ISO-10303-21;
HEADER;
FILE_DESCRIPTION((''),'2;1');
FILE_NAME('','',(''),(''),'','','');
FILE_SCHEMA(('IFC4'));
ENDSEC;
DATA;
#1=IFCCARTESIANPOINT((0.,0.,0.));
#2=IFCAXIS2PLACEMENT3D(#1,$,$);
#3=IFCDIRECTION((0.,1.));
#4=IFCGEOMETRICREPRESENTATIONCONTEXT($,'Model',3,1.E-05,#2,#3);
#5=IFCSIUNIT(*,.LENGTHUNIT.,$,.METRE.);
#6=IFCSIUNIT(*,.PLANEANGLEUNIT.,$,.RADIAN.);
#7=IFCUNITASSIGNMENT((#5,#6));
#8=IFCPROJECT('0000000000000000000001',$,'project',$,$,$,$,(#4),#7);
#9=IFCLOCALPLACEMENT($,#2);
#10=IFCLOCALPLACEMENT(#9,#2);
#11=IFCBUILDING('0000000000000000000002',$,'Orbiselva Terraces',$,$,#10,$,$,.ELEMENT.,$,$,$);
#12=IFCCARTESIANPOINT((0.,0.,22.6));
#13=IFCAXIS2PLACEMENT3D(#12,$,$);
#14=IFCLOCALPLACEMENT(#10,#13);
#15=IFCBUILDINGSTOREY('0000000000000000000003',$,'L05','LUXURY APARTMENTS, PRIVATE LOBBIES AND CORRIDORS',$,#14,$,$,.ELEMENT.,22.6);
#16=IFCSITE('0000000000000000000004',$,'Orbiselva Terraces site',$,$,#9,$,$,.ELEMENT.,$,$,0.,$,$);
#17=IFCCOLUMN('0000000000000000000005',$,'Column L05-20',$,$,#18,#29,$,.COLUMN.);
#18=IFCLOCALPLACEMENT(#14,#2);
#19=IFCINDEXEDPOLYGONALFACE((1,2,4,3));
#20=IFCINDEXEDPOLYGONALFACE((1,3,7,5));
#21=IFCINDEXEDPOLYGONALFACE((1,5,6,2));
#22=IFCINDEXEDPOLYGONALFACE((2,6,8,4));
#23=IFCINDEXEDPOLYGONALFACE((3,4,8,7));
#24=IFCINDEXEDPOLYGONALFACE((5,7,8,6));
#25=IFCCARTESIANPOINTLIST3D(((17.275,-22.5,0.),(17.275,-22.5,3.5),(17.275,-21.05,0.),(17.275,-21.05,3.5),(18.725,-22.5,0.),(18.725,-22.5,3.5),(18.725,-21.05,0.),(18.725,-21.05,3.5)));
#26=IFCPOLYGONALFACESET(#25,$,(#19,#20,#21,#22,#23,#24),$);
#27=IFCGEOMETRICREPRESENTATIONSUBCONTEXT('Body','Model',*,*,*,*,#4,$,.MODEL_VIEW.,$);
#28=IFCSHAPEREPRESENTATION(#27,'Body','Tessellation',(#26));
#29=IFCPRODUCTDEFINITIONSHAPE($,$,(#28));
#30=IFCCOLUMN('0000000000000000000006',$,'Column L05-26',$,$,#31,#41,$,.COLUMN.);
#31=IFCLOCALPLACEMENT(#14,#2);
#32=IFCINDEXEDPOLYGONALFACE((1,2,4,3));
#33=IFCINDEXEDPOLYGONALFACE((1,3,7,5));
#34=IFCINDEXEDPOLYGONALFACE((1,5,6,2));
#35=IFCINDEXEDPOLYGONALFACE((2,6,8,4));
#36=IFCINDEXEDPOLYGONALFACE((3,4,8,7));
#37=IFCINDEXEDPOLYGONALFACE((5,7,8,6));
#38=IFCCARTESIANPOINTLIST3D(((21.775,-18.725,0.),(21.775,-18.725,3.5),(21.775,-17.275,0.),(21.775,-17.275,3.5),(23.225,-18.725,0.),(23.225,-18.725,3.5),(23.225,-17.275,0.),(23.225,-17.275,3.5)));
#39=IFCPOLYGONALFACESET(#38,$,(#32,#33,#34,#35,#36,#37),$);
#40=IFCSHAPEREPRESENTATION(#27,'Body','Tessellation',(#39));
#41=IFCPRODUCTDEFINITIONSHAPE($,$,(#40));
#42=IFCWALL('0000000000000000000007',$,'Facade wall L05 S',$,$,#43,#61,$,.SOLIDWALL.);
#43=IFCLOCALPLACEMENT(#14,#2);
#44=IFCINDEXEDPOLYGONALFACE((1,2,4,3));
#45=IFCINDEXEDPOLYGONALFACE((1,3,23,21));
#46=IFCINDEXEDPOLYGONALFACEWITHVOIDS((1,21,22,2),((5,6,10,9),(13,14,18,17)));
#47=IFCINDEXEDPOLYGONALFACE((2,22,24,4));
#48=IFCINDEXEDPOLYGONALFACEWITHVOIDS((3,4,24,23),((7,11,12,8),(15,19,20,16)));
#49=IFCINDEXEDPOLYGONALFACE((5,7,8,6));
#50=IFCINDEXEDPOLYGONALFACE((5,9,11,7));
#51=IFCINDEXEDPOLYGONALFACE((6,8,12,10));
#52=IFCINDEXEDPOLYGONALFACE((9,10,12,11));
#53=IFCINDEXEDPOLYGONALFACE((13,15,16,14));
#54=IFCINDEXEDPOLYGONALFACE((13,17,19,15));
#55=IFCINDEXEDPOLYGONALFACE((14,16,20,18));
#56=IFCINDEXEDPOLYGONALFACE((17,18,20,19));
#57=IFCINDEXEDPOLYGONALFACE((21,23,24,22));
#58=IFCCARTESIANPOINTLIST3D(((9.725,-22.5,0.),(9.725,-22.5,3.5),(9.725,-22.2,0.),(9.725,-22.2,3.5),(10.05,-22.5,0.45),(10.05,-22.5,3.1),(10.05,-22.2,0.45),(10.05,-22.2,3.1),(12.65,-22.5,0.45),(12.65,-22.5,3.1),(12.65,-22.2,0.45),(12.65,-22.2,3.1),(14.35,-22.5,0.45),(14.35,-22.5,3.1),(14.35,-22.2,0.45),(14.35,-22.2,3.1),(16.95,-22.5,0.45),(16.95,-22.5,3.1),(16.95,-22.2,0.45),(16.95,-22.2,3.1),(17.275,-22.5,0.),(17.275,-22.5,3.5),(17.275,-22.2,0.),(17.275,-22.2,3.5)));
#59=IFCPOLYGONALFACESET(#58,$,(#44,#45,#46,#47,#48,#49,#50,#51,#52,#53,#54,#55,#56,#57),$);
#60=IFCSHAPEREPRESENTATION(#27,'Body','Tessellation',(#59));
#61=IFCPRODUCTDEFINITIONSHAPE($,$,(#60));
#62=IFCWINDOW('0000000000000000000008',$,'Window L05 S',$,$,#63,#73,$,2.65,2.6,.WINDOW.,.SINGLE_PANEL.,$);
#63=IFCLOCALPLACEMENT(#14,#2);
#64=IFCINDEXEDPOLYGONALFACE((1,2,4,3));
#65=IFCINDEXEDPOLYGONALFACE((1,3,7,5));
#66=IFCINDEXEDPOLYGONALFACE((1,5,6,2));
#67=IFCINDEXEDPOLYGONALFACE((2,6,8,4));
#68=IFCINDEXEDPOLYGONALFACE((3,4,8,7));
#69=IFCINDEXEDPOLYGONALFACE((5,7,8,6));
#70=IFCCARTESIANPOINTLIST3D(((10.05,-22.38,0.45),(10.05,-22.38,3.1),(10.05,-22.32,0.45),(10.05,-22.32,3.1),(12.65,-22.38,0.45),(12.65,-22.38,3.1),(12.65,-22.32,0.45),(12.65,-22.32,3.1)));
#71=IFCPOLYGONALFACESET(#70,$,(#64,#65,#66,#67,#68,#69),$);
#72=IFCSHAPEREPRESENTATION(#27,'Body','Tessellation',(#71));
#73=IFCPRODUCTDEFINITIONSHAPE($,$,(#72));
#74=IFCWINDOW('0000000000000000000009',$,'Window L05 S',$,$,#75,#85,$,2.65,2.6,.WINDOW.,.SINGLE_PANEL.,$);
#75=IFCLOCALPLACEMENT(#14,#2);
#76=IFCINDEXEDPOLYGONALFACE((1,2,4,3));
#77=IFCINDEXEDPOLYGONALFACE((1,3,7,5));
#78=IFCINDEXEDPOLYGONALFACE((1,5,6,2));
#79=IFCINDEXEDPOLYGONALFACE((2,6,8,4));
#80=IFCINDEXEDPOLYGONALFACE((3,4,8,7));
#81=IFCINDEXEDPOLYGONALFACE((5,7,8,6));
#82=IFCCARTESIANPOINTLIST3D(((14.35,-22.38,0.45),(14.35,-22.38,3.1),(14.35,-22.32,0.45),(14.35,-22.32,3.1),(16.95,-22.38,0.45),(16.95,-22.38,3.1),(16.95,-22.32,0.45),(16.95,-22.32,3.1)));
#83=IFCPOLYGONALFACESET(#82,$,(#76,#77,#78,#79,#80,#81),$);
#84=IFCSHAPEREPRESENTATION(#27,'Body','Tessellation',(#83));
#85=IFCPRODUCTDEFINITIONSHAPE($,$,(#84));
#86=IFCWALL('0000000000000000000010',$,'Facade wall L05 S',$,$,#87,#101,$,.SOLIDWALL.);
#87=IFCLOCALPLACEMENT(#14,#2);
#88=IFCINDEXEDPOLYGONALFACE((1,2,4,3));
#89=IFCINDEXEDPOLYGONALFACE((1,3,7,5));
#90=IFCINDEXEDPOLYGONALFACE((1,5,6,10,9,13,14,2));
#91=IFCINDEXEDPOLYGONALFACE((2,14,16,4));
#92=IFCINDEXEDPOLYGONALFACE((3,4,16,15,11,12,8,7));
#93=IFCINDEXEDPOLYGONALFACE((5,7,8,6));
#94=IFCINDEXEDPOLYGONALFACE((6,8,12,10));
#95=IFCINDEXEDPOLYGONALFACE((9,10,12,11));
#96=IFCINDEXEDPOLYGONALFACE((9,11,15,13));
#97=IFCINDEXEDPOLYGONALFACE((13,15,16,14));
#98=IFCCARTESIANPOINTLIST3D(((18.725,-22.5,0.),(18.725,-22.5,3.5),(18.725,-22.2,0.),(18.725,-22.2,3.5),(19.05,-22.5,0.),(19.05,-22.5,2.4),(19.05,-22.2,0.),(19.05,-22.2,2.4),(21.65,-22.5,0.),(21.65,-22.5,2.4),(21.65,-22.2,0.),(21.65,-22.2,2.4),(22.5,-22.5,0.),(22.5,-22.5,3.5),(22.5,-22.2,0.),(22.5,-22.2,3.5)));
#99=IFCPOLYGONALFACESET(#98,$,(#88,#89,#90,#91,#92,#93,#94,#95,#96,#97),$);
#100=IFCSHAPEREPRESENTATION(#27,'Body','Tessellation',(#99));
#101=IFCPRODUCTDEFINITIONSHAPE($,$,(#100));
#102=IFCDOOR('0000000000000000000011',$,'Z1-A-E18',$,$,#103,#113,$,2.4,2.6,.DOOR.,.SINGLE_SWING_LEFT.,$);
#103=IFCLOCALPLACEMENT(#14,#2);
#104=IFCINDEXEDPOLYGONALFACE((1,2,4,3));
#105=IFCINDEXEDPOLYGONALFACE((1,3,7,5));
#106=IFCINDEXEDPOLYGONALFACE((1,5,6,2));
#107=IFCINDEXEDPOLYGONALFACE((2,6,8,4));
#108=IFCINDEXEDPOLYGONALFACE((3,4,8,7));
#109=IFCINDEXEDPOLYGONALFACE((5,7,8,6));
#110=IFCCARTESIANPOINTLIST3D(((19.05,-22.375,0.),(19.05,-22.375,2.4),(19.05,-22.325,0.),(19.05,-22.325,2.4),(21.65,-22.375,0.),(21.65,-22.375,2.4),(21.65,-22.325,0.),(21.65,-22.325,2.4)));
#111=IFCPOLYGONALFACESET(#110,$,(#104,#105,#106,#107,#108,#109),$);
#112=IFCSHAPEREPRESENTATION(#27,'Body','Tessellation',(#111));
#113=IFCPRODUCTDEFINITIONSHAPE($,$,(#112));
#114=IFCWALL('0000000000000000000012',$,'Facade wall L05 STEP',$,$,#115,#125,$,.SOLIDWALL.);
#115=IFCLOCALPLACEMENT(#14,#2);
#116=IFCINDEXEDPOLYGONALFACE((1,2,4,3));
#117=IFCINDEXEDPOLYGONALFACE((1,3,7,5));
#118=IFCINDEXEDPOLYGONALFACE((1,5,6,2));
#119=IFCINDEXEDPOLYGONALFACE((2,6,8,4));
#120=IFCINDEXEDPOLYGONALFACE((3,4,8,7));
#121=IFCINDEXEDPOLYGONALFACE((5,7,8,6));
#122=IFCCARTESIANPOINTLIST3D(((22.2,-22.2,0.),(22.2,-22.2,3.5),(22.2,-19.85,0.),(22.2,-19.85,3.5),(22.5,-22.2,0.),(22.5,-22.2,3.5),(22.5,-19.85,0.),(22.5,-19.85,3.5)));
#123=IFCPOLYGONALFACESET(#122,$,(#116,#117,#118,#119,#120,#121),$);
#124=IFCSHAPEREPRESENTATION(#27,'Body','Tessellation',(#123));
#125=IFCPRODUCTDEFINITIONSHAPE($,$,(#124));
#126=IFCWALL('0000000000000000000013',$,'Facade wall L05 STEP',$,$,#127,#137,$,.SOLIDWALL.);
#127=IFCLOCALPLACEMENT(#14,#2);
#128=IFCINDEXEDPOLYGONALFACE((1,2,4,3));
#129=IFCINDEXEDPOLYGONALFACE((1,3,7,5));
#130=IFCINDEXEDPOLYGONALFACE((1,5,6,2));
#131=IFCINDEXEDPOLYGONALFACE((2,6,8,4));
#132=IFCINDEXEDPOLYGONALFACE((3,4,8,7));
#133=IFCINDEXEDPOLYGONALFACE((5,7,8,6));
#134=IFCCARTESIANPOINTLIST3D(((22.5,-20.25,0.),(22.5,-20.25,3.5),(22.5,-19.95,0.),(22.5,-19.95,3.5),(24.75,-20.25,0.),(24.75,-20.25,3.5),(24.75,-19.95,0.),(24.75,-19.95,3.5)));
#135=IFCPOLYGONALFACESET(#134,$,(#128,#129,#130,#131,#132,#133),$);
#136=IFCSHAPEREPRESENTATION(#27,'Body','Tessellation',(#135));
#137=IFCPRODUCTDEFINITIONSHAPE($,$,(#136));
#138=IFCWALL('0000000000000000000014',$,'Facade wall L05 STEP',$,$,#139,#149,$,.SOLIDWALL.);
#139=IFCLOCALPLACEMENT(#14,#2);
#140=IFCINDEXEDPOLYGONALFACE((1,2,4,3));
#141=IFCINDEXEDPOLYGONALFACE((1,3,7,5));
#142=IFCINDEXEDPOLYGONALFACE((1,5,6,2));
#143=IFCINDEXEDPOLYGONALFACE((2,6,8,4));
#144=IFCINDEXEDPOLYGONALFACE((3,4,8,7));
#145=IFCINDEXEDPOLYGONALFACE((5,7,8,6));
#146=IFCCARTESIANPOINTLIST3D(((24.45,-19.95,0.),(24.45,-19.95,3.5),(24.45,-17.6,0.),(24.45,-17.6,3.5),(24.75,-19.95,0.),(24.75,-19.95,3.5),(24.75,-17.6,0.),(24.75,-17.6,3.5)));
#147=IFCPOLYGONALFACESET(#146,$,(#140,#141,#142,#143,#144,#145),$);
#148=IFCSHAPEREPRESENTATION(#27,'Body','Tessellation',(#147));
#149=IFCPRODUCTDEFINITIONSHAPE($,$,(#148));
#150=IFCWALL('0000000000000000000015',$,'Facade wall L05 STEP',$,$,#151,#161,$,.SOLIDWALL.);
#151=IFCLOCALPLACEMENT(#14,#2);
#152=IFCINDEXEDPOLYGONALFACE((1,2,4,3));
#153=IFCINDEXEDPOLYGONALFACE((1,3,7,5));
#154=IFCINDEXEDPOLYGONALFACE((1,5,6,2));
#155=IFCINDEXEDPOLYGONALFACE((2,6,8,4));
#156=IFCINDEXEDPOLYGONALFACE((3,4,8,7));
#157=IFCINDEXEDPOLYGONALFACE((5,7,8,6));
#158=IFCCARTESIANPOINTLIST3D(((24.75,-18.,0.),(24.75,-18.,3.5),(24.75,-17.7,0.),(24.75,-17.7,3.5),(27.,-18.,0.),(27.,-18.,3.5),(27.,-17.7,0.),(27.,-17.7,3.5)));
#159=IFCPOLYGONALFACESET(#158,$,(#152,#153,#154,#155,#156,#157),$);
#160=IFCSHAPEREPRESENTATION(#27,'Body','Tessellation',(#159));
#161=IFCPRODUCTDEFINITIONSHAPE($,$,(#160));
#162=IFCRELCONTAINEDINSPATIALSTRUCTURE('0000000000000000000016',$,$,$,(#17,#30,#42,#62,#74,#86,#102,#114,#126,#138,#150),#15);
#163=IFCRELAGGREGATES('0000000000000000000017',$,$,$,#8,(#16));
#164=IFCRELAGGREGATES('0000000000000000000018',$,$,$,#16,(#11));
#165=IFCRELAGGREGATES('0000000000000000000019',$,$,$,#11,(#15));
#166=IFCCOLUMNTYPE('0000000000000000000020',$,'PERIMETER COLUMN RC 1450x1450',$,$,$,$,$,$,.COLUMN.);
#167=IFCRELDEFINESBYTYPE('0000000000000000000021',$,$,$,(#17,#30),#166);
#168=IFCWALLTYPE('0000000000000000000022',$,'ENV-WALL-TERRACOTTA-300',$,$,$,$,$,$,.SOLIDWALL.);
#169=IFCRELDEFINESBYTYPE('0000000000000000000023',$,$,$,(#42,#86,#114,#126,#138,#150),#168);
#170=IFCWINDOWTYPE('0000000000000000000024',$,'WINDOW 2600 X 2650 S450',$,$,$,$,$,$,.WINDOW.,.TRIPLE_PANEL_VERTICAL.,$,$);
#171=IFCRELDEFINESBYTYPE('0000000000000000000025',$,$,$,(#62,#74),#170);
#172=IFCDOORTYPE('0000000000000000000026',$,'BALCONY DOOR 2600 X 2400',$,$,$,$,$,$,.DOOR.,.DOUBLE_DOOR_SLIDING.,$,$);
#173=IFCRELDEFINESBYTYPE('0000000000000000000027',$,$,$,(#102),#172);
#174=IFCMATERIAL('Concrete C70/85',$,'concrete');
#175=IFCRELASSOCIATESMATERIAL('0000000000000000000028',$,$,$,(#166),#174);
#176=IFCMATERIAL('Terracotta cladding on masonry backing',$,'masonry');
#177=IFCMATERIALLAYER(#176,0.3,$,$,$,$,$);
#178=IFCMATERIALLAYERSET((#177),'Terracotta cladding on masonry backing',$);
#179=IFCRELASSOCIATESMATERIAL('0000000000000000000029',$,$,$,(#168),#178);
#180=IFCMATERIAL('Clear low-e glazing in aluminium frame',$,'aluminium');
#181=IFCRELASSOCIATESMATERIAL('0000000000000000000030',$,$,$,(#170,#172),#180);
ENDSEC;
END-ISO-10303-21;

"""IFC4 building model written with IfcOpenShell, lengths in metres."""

from ifc_helpers import new_model, si_unit, direction, frame, frame_2d, origin, origin_2d, place, context, subcontext, project, spatial, rectangle, extrude, material, layer, layer_set, material_profile, profile_set, type_object, element, fill, save


model = new_model("IFC4")

# Units and contexts
model_context = context("Model", 3, precision=1e-05, world=origin(), true_north=direction((0.0, 1.0)))
body_context = subcontext(model_context, "Body", "Model", "MODEL_VIEW")
ifc_project = project(units=[si_unit("LENGTHUNIT", "METRE"), si_unit("PLANEANGLEUNIT", "RADIAN")], contexts=[model_context])

# Site, building, storey
site_placement = place(None, origin())
site = spatial("IfcSite", under=ifc_project, at=site_placement, Name="Orbiselva Terraces site", CompositionType="ELEMENT", RefElevation=0.0)
building_placement = place(site_placement, origin())
building = spatial("IfcBuilding", under=site, at=building_placement, Name="Orbiselva Terraces", CompositionType="ELEMENT")
storey_placement = place(building_placement, frame((0.0, 0.0, 22.6)))
storey = spatial("IfcBuildingStorey", under=building, at=storey_placement, Name="L05", Description="LUXURY APARTMENTS, PRIVATE LOBBIES AND CORRIDORS", CompositionType="ELEMENT", Elevation=22.6)

# Columns
ifc_material_1 = material(Name="Concrete C70/85", Category="concrete")
ifc_material_profile = material_profile(ifc_material_1, rectangle(XDim=1.45, YDim=1.45, at=origin_2d()), Name="RC 1450x1450")
ifc_profile_set = profile_set([ifc_material_profile], Name="Concrete C70/85")
column_type = type_object("IfcColumnType", Name="PERIMETER COLUMN RC 1450x1450", PredefinedType="COLUMN", material=ifc_profile_set)
for number, where, z_axis, x_axis, name in (
    (1, (18.0, -21.775, 0.0), (0.0, 0.0, 1.0), (1.0, 0.0, 0.0), "Column L05-20"),
    (2, (22.5, -18.0, 0.0), (0.0, 0.0, 1.0), (1.0, 0.0, 0.0), "Column L05-26"),
):
    element("IfcColumn", number, at=place(storey_placement, frame(where, z_axis=z_axis, x_axis=x_axis)), inside=storey, type_object=column_type, Name=name, PredefinedType="COLUMN", context=body_context, shape_type="SweptSolid", body=[
        extrude(rectangle(XDim=1.45, YDim=1.45, at=origin_2d()), origin(), (0.0, 0.0, 1.0), 3.5),
    ])

# Wall, openings, windows
ifc_material_2 = material(Name="Terracotta cladding on masonry backing", Category="masonry")
ifc_layer_1 = layer(ifc_material_2, 0.3)
ifc_layer_set_1 = layer_set([ifc_layer_1], Name="Terracotta cladding on masonry backing")
wall_type_1 = type_object("IfcWallType", Name="ENV-WALL-TERRACOTTA-300", PredefinedType="SOLIDWALL", material=ifc_layer_set_1)
wall_1_placement = place(storey_placement, frame((17.275, -22.35, 0.0), z_axis=(0.0, 0.0, 1.0), x_axis=(-1.0, 0.0, 0.0)))
wall_1 = element("IfcWall", 3, at=wall_1_placement, inside=storey, type_object=wall_type_1, Name="Facade wall L05 S", PredefinedType="SOLIDWALL", context=body_context, shape_type="SweptSolid", body=[
    extrude(rectangle(XDim=7.55, YDim=0.3, at=frame_2d((3.775, 0.0))), origin(), (0.0, 0.0, 1.0), 3.5),
])
opening_1_placement = place(wall_1_placement, frame((4.625, 0.0, 0.45)))
opening_1 = element("IfcOpeningElement", 4, at=opening_1_placement, cuts=wall_1, PredefinedType="OPENING", context=body_context, shape_type="SweptSolid", body=[
    extrude(rectangle(XDim=2.6, YDim=2.65, at=frame_2d((1.3, 1.325))), frame((0.0, 0.16, 0.0), z_axis=(0.0, -1.0, 0.0), x_axis=(1.0, 0.0, 0.0)), (0.0, 0.0, 1.0), 0.32),
])
opening_2_placement = place(wall_1_placement, frame((0.325, 0.0, 0.45)))
opening_2 = element("IfcOpeningElement", 5, at=opening_2_placement, cuts=wall_1, PredefinedType="OPENING", context=body_context, shape_type="SweptSolid", body=[
    extrude(rectangle(XDim=2.6, YDim=2.65, at=frame_2d((1.3, 1.325))), frame((0.0, 0.16, 0.0), z_axis=(0.0, -1.0, 0.0), x_axis=(1.0, 0.0, 0.0)), (0.0, 0.0, 1.0), 0.32),
])
ifc_material_3 = material(Name="Clear low-e glazing in aluminium frame", Category="aluminium")
window_type = type_object("IfcWindowType", Name="WINDOW 2600 X 2650 S450", PartitioningType="TRIPLE_PANEL_VERTICAL", PredefinedType="WINDOW", material=ifc_material_3)
window_1_placement = place(opening_1_placement, origin())
window_1 = element("IfcWindow", 6, at=window_1_placement, inside=storey, type_object=window_type, Name="Window L05 S", OverallHeight=2.65, OverallWidth=2.6, PartitioningType="SINGLE_PANEL", PredefinedType="WINDOW", context=body_context, shape_type="SweptSolid", body=[
    extrude(rectangle(XDim=2.6, YDim=2.65, at=frame_2d((1.3, 1.325))), frame((0.0, 0.03, 0.0), z_axis=(0.0, -1.0, 0.0), x_axis=(1.0, 0.0, 0.0)), (0.0, 0.0, 1.0), 0.06),
])
fill(opening_1, window_1)
window_2_placement = place(opening_2_placement, origin())
window_2 = element("IfcWindow", 7, at=window_2_placement, inside=storey, type_object=window_type, Name="Window L05 S", OverallHeight=2.65, OverallWidth=2.6, PartitioningType="SINGLE_PANEL", PredefinedType="WINDOW", context=body_context, shape_type="SweptSolid", body=[
    extrude(rectangle(XDim=2.6, YDim=2.65, at=frame_2d((1.3, 1.325))), frame((0.0, 0.03, 0.0), z_axis=(0.0, -1.0, 0.0), x_axis=(1.0, 0.0, 0.0)), (0.0, 0.0, 1.0), 0.06),
])
fill(opening_2, window_2)

# Wall, opening, door
wall_2_placement = place(storey_placement, frame((22.5, -22.35, 0.0), z_axis=(0.0, 0.0, 1.0), x_axis=(-1.0, 0.0, 0.0)))
wall_2 = element("IfcWall", 8, at=wall_2_placement, inside=storey, type_object=wall_type_1, Name="Facade wall L05 S", PredefinedType="SOLIDWALL", context=body_context, shape_type="SweptSolid", body=[
    extrude(rectangle(XDim=3.775, YDim=0.3, at=frame_2d((1.8875, 0.0))), origin(), (0.0, 0.0, 1.0), 3.5),
])
opening_3_placement = place(wall_2_placement, frame((0.85, 0.0, 0.0)))
opening_3 = element("IfcOpeningElement", 9, at=opening_3_placement, cuts=wall_2, PredefinedType="OPENING", context=body_context, shape_type="SweptSolid", body=[
    extrude(rectangle(XDim=2.6, YDim=2.4, at=frame_2d((1.3, 1.2))), frame((0.0, 0.16, 0.0), z_axis=(0.0, -1.0, 0.0), x_axis=(1.0, 0.0, 0.0)), (0.0, 0.0, 1.0), 0.32),
])
door_type_1 = type_object("IfcDoorType", Name="BALCONY DOOR 2600 X 2400", OperationType="DOUBLE_DOOR_SLIDING", PredefinedType="DOOR", material=ifc_material_3)
door_1_placement = place(opening_3_placement, origin())
door_1 = element("IfcDoor", 10, at=door_1_placement, inside=storey, type_object=door_type_1, Name="Z1-A-E18", OperationType="SINGLE_SWING_LEFT", OverallHeight=2.4, OverallWidth=2.6, PredefinedType="DOOR", context=body_context, shape_type="SweptSolid", body=[
    extrude(rectangle(XDim=2.6, YDim=2.4, at=frame_2d((1.3, 1.2))), frame((0.0, 0.025, 0.0), z_axis=(0.0, -1.0, 0.0), x_axis=(1.0, 0.0, 0.0)), (0.0, 0.0, 1.0), 0.05),
])
fill(opening_3, door_1)

# Walls
wall_3_placement = place(storey_placement, frame((22.35, -19.85, 0.0), z_axis=(0.0, 0.0, 1.0), x_axis=(0.0, -1.0, 0.0)))
element("IfcWall", 11, at=wall_3_placement, inside=storey, type_object=wall_type_1, Name="Facade wall L05 STEP", PredefinedType="SOLIDWALL", context=body_context, shape_type="SweptSolid", body=[
    extrude(rectangle(XDim=2.35, YDim=0.3, at=frame_2d((1.175, 0.0))), origin(), (0.0, 0.0, 1.0), 3.5),
])
wall_4_placement = place(storey_placement, frame((24.75, -20.1, 0.0), z_axis=(0.0, 0.0, 1.0), x_axis=(-1.0, 0.0, 0.0)))
element("IfcWall", 12, at=wall_4_placement, inside=storey, type_object=wall_type_1, Name="Facade wall L05 STEP", PredefinedType="SOLIDWALL", context=body_context, shape_type="SweptSolid", body=[
    extrude(rectangle(XDim=2.25, YDim=0.3, at=frame_2d((1.125, 0.0))), origin(), (0.0, 0.0, 1.0), 3.5),
])
wall_5_placement = place(storey_placement, frame((24.6, -17.6, 0.0), z_axis=(0.0, 0.0, 1.0), x_axis=(0.0, -1.0, 0.0)))
element("IfcWall", 13, at=wall_5_placement, inside=storey, type_object=wall_type_1, Name="Facade wall L05 STEP", PredefinedType="SOLIDWALL", context=body_context, shape_type="SweptSolid", body=[
    extrude(rectangle(XDim=2.35, YDim=0.3, at=frame_2d((1.175, 0.0))), origin(), (0.0, 0.0, 1.0), 3.5),
])
wall_6_placement = place(storey_placement, frame((27.0, -17.85, 0.0), z_axis=(0.0, 0.0, 1.0), x_axis=(-1.0, 0.0, 0.0)))
element("IfcWall", 14, at=wall_6_placement, inside=storey, type_object=wall_type_1, Name="Facade wall L05 STEP", PredefinedType="SOLIDWALL", context=body_context, shape_type="SweptSolid", body=[
    extrude(rectangle(XDim=2.25, YDim=0.3, at=frame_2d((1.125, 0.0))), origin(), (0.0, 0.0, 1.0), 3.5),
])

save(model, "model.ifc")
